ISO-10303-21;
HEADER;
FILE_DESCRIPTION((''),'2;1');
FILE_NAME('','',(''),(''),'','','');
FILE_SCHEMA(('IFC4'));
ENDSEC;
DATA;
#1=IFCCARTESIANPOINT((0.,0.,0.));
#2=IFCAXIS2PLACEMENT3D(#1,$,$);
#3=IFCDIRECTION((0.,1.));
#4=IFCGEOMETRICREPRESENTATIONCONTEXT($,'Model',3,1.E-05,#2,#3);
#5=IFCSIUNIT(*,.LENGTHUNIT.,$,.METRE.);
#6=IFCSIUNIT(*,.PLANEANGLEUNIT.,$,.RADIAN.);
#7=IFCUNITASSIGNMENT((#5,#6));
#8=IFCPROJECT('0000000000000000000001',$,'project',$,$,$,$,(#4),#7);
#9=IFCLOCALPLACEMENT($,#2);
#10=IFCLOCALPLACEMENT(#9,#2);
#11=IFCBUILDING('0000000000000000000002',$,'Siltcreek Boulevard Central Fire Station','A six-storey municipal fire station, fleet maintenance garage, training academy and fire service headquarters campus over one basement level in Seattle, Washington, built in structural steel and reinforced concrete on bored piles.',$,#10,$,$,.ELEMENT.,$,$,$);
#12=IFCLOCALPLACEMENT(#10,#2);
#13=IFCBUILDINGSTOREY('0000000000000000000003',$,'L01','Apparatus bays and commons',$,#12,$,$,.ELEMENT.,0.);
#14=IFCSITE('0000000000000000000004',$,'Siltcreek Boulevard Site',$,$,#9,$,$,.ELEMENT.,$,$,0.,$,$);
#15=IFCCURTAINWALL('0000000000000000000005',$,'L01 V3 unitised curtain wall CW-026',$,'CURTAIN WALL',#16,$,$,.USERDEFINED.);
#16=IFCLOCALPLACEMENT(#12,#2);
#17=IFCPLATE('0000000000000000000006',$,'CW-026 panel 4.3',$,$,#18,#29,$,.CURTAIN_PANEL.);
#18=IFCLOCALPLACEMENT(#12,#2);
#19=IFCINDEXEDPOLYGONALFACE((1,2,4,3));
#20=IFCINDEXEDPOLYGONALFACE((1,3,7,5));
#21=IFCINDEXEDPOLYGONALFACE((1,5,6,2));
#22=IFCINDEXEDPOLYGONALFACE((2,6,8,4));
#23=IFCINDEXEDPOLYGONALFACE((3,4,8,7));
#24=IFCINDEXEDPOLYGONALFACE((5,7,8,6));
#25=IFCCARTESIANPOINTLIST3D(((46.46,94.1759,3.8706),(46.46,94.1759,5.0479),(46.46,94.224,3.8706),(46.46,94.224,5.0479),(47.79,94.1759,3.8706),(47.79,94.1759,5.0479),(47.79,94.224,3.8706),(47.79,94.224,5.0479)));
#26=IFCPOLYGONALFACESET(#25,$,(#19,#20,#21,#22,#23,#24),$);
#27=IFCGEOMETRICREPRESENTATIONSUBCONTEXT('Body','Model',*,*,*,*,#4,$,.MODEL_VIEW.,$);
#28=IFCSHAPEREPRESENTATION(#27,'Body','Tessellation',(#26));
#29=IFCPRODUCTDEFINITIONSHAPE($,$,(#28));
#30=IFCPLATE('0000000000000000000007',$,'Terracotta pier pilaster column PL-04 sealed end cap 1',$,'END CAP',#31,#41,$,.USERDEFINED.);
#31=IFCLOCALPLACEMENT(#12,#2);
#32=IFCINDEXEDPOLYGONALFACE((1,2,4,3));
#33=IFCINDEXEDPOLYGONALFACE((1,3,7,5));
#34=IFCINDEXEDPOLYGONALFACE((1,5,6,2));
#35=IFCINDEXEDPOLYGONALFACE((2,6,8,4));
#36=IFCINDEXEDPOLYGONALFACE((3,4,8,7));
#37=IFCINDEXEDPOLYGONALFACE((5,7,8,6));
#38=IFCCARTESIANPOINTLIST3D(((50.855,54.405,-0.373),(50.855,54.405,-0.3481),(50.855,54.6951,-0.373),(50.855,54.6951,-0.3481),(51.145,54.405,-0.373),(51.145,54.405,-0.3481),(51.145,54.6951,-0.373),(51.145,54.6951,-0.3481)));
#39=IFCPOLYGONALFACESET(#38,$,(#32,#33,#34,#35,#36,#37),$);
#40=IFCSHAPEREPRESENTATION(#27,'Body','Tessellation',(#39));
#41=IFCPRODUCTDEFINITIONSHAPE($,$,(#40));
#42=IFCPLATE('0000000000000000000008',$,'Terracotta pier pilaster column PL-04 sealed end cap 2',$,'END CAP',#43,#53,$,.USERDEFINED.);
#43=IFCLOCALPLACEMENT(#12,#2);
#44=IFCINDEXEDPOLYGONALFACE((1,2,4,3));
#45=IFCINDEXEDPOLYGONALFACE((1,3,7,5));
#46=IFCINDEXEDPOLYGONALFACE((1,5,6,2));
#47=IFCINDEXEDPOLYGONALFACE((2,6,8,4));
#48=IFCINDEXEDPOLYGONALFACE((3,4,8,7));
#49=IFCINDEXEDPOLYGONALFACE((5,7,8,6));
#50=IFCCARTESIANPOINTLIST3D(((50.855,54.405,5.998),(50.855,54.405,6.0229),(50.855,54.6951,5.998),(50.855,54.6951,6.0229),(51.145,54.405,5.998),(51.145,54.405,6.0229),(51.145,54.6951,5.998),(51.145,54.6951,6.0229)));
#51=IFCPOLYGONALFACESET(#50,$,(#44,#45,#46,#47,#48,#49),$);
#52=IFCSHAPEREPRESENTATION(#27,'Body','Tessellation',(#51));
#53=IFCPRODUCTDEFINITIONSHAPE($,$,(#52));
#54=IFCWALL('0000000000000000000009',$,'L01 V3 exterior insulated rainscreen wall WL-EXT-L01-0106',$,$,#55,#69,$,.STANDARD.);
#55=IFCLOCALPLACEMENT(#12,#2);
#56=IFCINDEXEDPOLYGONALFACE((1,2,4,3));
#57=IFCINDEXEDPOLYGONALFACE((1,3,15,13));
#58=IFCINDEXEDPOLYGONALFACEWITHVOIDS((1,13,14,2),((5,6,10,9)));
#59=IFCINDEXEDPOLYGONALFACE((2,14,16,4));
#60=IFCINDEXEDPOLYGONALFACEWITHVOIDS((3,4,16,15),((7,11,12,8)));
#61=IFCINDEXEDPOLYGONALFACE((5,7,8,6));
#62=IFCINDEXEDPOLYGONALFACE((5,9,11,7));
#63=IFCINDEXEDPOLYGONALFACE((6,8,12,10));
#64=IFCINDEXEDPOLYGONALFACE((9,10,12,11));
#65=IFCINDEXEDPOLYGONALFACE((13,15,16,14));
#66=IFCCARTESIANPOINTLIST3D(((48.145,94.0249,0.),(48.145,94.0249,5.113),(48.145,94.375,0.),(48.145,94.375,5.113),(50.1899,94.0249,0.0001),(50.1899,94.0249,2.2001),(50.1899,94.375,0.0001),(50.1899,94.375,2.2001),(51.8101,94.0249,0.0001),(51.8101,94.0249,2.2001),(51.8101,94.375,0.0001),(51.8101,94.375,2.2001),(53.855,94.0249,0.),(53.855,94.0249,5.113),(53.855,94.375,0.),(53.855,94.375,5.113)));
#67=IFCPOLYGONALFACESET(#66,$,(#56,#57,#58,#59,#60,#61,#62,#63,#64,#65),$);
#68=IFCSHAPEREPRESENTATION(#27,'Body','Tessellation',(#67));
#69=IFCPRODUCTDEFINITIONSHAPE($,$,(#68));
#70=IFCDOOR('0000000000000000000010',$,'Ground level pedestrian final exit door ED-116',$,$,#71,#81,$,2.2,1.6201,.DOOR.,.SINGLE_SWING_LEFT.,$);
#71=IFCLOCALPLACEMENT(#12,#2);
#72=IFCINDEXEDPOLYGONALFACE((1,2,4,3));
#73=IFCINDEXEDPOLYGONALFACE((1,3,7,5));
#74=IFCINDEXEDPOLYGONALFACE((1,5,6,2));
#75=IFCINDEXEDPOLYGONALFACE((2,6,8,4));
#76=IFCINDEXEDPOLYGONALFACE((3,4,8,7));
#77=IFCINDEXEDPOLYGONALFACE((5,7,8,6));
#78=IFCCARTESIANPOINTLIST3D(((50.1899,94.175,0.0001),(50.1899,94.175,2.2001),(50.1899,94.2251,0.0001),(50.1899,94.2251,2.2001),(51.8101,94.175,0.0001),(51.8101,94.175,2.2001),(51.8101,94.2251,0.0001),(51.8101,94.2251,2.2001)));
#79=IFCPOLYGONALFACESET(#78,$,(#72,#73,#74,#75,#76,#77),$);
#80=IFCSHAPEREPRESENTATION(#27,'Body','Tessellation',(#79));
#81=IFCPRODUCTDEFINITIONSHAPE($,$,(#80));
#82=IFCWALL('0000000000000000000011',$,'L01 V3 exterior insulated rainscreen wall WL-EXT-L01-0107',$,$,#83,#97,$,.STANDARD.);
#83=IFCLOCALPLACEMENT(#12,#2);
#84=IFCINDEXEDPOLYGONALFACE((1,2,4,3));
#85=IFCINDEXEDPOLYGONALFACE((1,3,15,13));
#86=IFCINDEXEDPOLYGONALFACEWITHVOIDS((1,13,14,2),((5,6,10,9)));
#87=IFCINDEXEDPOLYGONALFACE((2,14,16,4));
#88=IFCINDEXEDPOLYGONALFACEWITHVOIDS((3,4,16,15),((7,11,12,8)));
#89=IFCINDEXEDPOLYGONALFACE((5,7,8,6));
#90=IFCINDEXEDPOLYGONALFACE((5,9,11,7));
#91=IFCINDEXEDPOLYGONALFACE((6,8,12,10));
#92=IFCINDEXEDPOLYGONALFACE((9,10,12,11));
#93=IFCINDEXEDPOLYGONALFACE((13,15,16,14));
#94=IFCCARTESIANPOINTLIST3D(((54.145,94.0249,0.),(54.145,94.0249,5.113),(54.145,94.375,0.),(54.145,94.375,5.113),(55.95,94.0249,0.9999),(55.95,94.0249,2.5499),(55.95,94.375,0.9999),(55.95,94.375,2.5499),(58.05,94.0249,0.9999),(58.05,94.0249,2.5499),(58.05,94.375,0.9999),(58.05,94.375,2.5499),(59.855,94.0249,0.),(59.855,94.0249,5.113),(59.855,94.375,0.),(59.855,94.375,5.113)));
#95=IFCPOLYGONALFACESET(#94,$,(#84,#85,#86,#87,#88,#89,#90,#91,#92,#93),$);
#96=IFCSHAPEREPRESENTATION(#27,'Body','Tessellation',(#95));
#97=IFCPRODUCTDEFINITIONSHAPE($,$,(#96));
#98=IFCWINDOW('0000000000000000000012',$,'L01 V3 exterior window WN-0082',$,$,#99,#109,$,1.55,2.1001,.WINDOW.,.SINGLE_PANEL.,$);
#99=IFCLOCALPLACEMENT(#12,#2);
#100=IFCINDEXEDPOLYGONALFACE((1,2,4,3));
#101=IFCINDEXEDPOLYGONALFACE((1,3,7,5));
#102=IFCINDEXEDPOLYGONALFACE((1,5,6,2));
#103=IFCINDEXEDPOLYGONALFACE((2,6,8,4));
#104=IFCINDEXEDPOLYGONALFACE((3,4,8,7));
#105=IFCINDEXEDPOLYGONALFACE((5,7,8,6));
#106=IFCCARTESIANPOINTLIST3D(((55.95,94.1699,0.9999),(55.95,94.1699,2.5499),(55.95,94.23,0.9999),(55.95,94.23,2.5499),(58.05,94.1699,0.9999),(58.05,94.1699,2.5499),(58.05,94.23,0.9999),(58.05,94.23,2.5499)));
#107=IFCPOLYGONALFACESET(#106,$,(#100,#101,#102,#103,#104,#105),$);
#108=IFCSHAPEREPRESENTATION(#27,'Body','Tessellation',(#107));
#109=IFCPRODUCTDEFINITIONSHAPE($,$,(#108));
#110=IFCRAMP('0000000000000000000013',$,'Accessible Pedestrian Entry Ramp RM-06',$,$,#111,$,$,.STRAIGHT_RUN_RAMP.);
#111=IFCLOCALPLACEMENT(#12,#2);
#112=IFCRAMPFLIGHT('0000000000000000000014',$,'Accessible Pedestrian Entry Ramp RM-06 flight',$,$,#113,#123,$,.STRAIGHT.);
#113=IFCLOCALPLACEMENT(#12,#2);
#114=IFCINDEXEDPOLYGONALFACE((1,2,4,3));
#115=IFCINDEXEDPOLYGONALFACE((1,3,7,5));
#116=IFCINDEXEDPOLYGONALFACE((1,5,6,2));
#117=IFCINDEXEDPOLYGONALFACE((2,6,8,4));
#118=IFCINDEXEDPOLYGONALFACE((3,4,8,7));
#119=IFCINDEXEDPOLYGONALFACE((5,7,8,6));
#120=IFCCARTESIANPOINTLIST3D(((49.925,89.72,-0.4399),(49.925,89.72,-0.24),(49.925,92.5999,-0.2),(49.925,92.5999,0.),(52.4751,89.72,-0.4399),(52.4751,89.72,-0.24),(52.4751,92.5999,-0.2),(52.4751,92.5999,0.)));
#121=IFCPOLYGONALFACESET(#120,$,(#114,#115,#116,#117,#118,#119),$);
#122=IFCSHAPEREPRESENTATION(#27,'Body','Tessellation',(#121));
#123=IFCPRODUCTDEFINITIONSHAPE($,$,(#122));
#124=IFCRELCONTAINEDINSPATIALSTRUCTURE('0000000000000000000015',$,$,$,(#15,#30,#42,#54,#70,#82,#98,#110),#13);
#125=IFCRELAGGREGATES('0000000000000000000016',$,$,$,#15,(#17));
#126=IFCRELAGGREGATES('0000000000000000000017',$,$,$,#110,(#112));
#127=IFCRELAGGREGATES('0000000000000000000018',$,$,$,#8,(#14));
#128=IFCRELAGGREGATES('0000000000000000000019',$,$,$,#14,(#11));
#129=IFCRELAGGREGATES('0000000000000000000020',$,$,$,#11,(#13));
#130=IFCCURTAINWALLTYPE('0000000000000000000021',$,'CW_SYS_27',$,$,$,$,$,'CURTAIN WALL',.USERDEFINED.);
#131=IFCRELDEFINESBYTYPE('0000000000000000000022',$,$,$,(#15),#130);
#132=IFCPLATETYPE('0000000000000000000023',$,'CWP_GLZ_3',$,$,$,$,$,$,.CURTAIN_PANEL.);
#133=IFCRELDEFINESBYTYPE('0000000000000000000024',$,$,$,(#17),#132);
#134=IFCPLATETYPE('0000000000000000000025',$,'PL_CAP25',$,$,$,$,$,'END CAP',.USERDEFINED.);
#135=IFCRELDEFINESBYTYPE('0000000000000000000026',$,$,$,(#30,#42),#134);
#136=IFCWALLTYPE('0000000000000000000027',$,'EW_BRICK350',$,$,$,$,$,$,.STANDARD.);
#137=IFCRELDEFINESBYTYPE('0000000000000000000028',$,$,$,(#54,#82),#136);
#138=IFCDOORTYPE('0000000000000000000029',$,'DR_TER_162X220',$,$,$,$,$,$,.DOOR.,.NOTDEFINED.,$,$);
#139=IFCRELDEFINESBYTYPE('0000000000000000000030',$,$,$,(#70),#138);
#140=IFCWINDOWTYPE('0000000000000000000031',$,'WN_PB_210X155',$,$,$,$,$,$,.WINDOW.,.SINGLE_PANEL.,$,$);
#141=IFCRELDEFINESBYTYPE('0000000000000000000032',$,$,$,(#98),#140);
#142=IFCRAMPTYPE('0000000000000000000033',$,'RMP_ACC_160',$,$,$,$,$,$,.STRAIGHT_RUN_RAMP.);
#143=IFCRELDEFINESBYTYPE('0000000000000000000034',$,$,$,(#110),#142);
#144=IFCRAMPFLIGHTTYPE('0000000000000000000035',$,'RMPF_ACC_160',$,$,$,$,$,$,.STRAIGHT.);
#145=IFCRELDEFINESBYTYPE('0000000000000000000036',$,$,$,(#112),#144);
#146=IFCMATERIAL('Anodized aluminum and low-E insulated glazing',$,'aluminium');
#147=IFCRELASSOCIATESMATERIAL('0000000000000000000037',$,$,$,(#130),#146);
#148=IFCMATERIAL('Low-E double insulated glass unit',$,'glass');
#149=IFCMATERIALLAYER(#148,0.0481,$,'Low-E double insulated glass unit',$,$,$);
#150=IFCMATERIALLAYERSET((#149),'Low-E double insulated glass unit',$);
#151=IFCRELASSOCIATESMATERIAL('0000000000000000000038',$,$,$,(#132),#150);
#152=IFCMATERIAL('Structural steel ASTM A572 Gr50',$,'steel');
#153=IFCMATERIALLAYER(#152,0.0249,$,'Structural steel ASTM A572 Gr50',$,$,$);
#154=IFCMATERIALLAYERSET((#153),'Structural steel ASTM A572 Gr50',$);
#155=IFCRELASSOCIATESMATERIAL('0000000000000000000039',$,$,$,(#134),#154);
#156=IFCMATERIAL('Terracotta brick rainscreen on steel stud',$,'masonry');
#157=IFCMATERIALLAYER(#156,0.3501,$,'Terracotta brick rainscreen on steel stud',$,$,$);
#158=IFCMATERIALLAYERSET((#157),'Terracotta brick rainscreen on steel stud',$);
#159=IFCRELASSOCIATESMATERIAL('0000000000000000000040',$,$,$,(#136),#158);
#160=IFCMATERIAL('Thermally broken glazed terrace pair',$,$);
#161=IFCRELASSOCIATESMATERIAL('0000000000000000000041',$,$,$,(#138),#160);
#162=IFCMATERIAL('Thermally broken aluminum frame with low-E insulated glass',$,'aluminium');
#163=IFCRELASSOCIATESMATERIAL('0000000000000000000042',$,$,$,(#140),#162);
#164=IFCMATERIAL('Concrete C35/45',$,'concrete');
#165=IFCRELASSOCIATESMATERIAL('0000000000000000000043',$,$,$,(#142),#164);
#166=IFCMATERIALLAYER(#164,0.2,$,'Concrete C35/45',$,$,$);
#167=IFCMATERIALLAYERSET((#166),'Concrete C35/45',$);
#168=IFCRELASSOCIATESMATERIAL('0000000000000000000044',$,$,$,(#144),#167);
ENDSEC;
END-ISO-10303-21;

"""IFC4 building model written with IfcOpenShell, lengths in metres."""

from ifc_helpers import new_model, si_unit, direction, frame, frame_2d, origin, origin_2d, place, context, subcontext, project, spatial, polyline, rectangle, outline, extrude, material, layer, layer_set, type_object, element, fill, aggregate, save


model = new_model("IFC4")

# Units and contexts
model_context = context("Model", 3, precision=1e-05, world=origin(), true_north=direction((0.0, 1.0)))
body_context = subcontext(model_context, "Body", "Model", "MODEL_VIEW")
ifc_project = project(units=[si_unit("LENGTHUNIT", "METRE"), si_unit("PLANEANGLEUNIT", "RADIAN")], contexts=[model_context])

# Site, building, storey
site_placement = place(None, origin())
site = spatial("IfcSite", under=ifc_project, at=site_placement, Name="Siltcreek Boulevard Site", CompositionType="ELEMENT", RefElevation=0.0)
building_placement = place(site_placement, origin())
building = spatial("IfcBuilding", under=site, at=building_placement, Name="Siltcreek Boulevard Central Fire Station", Description="A six-storey municipal fire station, fleet maintenance garage, training academy and fire service headquarters campus over one basement level in Seattle, Washington, built in structural steel and reinforced concrete on bored piles.", CompositionType="ELEMENT")
storey_placement = place(building_placement, origin())
storey = spatial("IfcBuildingStorey", under=building, at=storey_placement, Name="L01", Description="Apparatus bays and commons", CompositionType="ELEMENT", Elevation=0.0)

# Shared definitions
ifc_material_1 = material(Name="Concrete C35/45", Category="concrete")

# Curtain wall
ifc_material_2 = material(Name="Anodized aluminum and low-E insulated glazing", Category="aluminium")
curtain_wall_type = type_object("IfcCurtainWallType", Name="CW_SYS_27", ElementType="CURTAIN WALL", PredefinedType="USERDEFINED", material=ifc_material_2)
curtain_wall_placement = place(storey_placement, origin())
curtain_wall = element("IfcCurtainWall", 1, at=curtain_wall_placement, inside=storey, type_object=curtain_wall_type, Name="L01 V3 unitised curtain wall CW-026", ObjectType="CURTAIN WALL", PredefinedType="USERDEFINED")

# Plate
ifc_material_3 = material(Name="Low-E double insulated glass unit", Category="glass")
ifc_layer_1 = layer(ifc_material_3, 0.0481, Name="Low-E double insulated glass unit")
ifc_layer_set_1 = layer_set([ifc_layer_1], Name="Low-E double insulated glass unit")
plate_type_1 = type_object("IfcPlateType", Name="CWP_GLZ_3", PredefinedType="CURTAIN_PANEL", material=ifc_layer_set_1)
plate_1_placement = place(storey_placement, frame((47.125, 94.2, 3.8706), z_axis=(0.0, 0.0, 1.0), x_axis=(1.0, 0.0, 0.0)))
plate_1 = element("IfcPlate", 2, at=plate_1_placement, type_object=plate_type_1, Name="CW-026 panel 4.3", PredefinedType="CURTAIN_PANEL", context=body_context, shape_type="SweptSolid", body=[
    extrude(rectangle(XDim=1.3301, YDim=0.0481, at=origin_2d()), origin(), (0.0, 0.0, 1.0), 1.1772),
])
aggregate(curtain_wall, [plate_1])

# Plates
ifc_material_4 = material(Name="Structural steel ASTM A572 Gr50", Category="steel")
ifc_layer_2 = layer(ifc_material_4, 0.0249, Name="Structural steel ASTM A572 Gr50")
ifc_layer_set_2 = layer_set([ifc_layer_2], Name="Structural steel ASTM A572 Gr50")
plate_type_2 = type_object("IfcPlateType", Name="PL_CAP25", ElementType="END CAP", PredefinedType="USERDEFINED", material=ifc_layer_set_2)
for number, where, z_axis, x_axis, name in (
    (3, (51.0, 54.55, -0.373), (0.0, 0.0, 1.0), (1.0, 0.0, 0.0), "Terracotta pier pilaster column PL-04 sealed end cap 1"),
    (4, (51.0, 54.55, 5.998), (0.0, 0.0, 1.0), (1.0, 0.0, 0.0), "Terracotta pier pilaster column PL-04 sealed end cap 2"),
):
    element("IfcPlate", number, at=place(storey_placement, frame(where, z_axis=z_axis, x_axis=x_axis)), inside=storey, type_object=plate_type_2, Name=name, ObjectType="END CAP", PredefinedType="USERDEFINED", context=body_context, shape_type="SweptSolid", body=[
        extrude(rectangle(XDim=0.29, YDim=0.29, at=origin_2d()), origin(), (0.0, 0.0, 1.0), 0.0249),
    ])

# Wall, opening, door
ifc_material_5 = material(Name="Terracotta brick rainscreen on steel stud", Category="masonry")
ifc_layer_3 = layer(ifc_material_5, 0.3501, Name="Terracotta brick rainscreen on steel stud")
ifc_layer_set_3 = layer_set([ifc_layer_3], Name="Terracotta brick rainscreen on steel stud")
wall_type = type_object("IfcWallType", Name="EW_BRICK350", PredefinedType="STANDARD", material=ifc_layer_set_3)
wall_1_placement = place(storey_placement, frame((48.145, 94.2, 0.0), z_axis=(0.0, 0.0, 1.0), x_axis=(1.0, 0.0, 0.0)))
wall_1 = element("IfcWall", 5, at=wall_1_placement, inside=storey, type_object=wall_type, Name="L01 V3 exterior insulated rainscreen wall WL-EXT-L01-0106", PredefinedType="STANDARD", context=body_context, shape_type="SweptSolid", body=[
    extrude(rectangle(XDim=5.71, YDim=0.3501, at=frame_2d((2.855, 0.0))), origin(), (0.0, 0.0, 1.0), 5.113),
])
opening_1_placement = place(wall_1_placement, frame((2.0449, 0.0, 0.0)))
opening_1 = element("IfcOpeningElement", 6, at=opening_1_placement, cuts=wall_1, PredefinedType="OPENING", context=body_context, shape_type="SweptSolid", body=[
    extrude(rectangle(XDim=1.6201, YDim=2.2, at=frame_2d((0.8101, 1.1001))), frame((0.0, 0.1851, 0.0), z_axis=(0.0, -1.0, 0.0), x_axis=(1.0, 0.0, 0.0)), (0.0, 0.0, 1.0), 0.3701),
])
ifc_material_6 = material(Name="Thermally broken glazed terrace pair")
door_type = type_object("IfcDoorType", Name="DR_TER_162X220", OperationType="NOTDEFINED", PredefinedType="DOOR", material=ifc_material_6)
door_placement = place(opening_1_placement, frame((1.6201, 0.0, 0.0), z_axis=(0.0, 0.0, 1.0), x_axis=(-1.0, 0.0, 0.0)))
door = element("IfcDoor", 7, at=door_placement, inside=storey, type_object=door_type, Name="Ground level pedestrian final exit door ED-116", OperationType="SINGLE_SWING_LEFT", OverallHeight=2.2, OverallWidth=1.6201, PredefinedType="DOOR", context=body_context, shape_type="SweptSolid", body=[
    extrude(rectangle(XDim=1.6201, YDim=2.2, at=frame_2d((0.8101, 1.1001))), frame((0.0, 0.0249, 0.0), z_axis=(0.0, -1.0, 0.0), x_axis=(1.0, 0.0, 0.0)), (0.0, 0.0, 1.0), 0.05),
])
fill(opening_1, door)

# Wall, opening, window
wall_2_placement = place(storey_placement, frame((54.145, 94.2, 0.0), z_axis=(0.0, 0.0, 1.0), x_axis=(1.0, 0.0, 0.0)))
wall_2 = element("IfcWall", 8, at=wall_2_placement, inside=storey, type_object=wall_type, Name="L01 V3 exterior insulated rainscreen wall WL-EXT-L01-0107", PredefinedType="STANDARD", context=body_context, shape_type="SweptSolid", body=[
    extrude(rectangle(XDim=5.71, YDim=0.3501, at=frame_2d((2.855, 0.0))), origin(), (0.0, 0.0, 1.0), 5.113),
])
opening_2_placement = place(wall_2_placement, frame((1.8049, 0.0, 1.0)))
opening_2 = element("IfcOpeningElement", 9, at=opening_2_placement, cuts=wall_2, PredefinedType="OPENING", context=body_context, shape_type="SweptSolid", body=[
    extrude(rectangle(XDim=2.1001, YDim=1.55, at=frame_2d((1.05, 0.7749))), frame((0.0, 0.1851, 0.0), z_axis=(0.0, -1.0, 0.0), x_axis=(1.0, 0.0, 0.0)), (0.0, 0.0, 1.0), 0.3701),
])
ifc_material_7 = material(Name="Thermally broken aluminum frame with low-E insulated glass", Category="aluminium")
window_type = type_object("IfcWindowType", Name="WN_PB_210X155", PartitioningType="SINGLE_PANEL", PredefinedType="WINDOW", material=ifc_material_7)
window_placement = place(opening_2_placement, origin())
window = element("IfcWindow", 10, at=window_placement, inside=storey, type_object=window_type, Name="L01 V3 exterior window WN-0082", OverallHeight=1.55, OverallWidth=2.1001, PartitioningType="SINGLE_PANEL", PredefinedType="WINDOW", context=body_context, shape_type="SweptSolid", body=[
    extrude(rectangle(XDim=2.1001, YDim=1.55, at=frame_2d((1.05, 0.7749))), frame((0.0, 0.03, 0.0), z_axis=(0.0, -1.0, 0.0), x_axis=(1.0, 0.0, 0.0)), (0.0, 0.0, 1.0), 0.0601),
])
fill(opening_2, window)

# Ramp, ramp flight
ramp_type = type_object("IfcRampType", Name="RMP_ACC_160", PredefinedType="STRAIGHT_RUN_RAMP", material=ifc_material_1)
ramp_placement = place(storey_placement, origin())
ramp = element("IfcRamp", 11, at=ramp_placement, inside=storey, type_object=ramp_type, Name="Accessible Pedestrian Entry Ramp RM-06", PredefinedType="STRAIGHT_RUN_RAMP")
ifc_layer_4 = layer(ifc_material_1, 0.2, Name="Concrete C35/45")
ifc_layer_set_4 = layer_set([ifc_layer_4], Name="Concrete C35/45")
ramp_flight_type = type_object("IfcRampFlightType", Name="RMPF_ACC_160", PredefinedType="STRAIGHT", material=ifc_layer_set_4)
ramp_flight_placement = place(storey_placement, frame((51.2, 89.72, -0.24), z_axis=(0.0, 0.0, 1.0), x_axis=(0.0, 1.0, 0.0)))
ramp_flight = element("IfcRampFlight", 12, at=ramp_flight_placement, type_object=ramp_flight_type, Name="Accessible Pedestrian Entry Ramp RM-06 flight", PredefinedType="STRAIGHT", context=body_context, shape_type="SweptSolid", body=[
    extrude(outline(polyline([(0.0, 0.0), (0.0, -0.2), (2.8799, 0.04), (2.8799, 0.24), (0.0, 0.0)])), frame((0.0, 1.2749, 0.0), z_axis=(0.0, -1.0, 0.0), x_axis=(1.0, 0.0, 0.0)), (0.0, 0.0, 1.0), 2.55),
])
aggregate(ramp, [ramp_flight])

save(model, "model.ifc")
